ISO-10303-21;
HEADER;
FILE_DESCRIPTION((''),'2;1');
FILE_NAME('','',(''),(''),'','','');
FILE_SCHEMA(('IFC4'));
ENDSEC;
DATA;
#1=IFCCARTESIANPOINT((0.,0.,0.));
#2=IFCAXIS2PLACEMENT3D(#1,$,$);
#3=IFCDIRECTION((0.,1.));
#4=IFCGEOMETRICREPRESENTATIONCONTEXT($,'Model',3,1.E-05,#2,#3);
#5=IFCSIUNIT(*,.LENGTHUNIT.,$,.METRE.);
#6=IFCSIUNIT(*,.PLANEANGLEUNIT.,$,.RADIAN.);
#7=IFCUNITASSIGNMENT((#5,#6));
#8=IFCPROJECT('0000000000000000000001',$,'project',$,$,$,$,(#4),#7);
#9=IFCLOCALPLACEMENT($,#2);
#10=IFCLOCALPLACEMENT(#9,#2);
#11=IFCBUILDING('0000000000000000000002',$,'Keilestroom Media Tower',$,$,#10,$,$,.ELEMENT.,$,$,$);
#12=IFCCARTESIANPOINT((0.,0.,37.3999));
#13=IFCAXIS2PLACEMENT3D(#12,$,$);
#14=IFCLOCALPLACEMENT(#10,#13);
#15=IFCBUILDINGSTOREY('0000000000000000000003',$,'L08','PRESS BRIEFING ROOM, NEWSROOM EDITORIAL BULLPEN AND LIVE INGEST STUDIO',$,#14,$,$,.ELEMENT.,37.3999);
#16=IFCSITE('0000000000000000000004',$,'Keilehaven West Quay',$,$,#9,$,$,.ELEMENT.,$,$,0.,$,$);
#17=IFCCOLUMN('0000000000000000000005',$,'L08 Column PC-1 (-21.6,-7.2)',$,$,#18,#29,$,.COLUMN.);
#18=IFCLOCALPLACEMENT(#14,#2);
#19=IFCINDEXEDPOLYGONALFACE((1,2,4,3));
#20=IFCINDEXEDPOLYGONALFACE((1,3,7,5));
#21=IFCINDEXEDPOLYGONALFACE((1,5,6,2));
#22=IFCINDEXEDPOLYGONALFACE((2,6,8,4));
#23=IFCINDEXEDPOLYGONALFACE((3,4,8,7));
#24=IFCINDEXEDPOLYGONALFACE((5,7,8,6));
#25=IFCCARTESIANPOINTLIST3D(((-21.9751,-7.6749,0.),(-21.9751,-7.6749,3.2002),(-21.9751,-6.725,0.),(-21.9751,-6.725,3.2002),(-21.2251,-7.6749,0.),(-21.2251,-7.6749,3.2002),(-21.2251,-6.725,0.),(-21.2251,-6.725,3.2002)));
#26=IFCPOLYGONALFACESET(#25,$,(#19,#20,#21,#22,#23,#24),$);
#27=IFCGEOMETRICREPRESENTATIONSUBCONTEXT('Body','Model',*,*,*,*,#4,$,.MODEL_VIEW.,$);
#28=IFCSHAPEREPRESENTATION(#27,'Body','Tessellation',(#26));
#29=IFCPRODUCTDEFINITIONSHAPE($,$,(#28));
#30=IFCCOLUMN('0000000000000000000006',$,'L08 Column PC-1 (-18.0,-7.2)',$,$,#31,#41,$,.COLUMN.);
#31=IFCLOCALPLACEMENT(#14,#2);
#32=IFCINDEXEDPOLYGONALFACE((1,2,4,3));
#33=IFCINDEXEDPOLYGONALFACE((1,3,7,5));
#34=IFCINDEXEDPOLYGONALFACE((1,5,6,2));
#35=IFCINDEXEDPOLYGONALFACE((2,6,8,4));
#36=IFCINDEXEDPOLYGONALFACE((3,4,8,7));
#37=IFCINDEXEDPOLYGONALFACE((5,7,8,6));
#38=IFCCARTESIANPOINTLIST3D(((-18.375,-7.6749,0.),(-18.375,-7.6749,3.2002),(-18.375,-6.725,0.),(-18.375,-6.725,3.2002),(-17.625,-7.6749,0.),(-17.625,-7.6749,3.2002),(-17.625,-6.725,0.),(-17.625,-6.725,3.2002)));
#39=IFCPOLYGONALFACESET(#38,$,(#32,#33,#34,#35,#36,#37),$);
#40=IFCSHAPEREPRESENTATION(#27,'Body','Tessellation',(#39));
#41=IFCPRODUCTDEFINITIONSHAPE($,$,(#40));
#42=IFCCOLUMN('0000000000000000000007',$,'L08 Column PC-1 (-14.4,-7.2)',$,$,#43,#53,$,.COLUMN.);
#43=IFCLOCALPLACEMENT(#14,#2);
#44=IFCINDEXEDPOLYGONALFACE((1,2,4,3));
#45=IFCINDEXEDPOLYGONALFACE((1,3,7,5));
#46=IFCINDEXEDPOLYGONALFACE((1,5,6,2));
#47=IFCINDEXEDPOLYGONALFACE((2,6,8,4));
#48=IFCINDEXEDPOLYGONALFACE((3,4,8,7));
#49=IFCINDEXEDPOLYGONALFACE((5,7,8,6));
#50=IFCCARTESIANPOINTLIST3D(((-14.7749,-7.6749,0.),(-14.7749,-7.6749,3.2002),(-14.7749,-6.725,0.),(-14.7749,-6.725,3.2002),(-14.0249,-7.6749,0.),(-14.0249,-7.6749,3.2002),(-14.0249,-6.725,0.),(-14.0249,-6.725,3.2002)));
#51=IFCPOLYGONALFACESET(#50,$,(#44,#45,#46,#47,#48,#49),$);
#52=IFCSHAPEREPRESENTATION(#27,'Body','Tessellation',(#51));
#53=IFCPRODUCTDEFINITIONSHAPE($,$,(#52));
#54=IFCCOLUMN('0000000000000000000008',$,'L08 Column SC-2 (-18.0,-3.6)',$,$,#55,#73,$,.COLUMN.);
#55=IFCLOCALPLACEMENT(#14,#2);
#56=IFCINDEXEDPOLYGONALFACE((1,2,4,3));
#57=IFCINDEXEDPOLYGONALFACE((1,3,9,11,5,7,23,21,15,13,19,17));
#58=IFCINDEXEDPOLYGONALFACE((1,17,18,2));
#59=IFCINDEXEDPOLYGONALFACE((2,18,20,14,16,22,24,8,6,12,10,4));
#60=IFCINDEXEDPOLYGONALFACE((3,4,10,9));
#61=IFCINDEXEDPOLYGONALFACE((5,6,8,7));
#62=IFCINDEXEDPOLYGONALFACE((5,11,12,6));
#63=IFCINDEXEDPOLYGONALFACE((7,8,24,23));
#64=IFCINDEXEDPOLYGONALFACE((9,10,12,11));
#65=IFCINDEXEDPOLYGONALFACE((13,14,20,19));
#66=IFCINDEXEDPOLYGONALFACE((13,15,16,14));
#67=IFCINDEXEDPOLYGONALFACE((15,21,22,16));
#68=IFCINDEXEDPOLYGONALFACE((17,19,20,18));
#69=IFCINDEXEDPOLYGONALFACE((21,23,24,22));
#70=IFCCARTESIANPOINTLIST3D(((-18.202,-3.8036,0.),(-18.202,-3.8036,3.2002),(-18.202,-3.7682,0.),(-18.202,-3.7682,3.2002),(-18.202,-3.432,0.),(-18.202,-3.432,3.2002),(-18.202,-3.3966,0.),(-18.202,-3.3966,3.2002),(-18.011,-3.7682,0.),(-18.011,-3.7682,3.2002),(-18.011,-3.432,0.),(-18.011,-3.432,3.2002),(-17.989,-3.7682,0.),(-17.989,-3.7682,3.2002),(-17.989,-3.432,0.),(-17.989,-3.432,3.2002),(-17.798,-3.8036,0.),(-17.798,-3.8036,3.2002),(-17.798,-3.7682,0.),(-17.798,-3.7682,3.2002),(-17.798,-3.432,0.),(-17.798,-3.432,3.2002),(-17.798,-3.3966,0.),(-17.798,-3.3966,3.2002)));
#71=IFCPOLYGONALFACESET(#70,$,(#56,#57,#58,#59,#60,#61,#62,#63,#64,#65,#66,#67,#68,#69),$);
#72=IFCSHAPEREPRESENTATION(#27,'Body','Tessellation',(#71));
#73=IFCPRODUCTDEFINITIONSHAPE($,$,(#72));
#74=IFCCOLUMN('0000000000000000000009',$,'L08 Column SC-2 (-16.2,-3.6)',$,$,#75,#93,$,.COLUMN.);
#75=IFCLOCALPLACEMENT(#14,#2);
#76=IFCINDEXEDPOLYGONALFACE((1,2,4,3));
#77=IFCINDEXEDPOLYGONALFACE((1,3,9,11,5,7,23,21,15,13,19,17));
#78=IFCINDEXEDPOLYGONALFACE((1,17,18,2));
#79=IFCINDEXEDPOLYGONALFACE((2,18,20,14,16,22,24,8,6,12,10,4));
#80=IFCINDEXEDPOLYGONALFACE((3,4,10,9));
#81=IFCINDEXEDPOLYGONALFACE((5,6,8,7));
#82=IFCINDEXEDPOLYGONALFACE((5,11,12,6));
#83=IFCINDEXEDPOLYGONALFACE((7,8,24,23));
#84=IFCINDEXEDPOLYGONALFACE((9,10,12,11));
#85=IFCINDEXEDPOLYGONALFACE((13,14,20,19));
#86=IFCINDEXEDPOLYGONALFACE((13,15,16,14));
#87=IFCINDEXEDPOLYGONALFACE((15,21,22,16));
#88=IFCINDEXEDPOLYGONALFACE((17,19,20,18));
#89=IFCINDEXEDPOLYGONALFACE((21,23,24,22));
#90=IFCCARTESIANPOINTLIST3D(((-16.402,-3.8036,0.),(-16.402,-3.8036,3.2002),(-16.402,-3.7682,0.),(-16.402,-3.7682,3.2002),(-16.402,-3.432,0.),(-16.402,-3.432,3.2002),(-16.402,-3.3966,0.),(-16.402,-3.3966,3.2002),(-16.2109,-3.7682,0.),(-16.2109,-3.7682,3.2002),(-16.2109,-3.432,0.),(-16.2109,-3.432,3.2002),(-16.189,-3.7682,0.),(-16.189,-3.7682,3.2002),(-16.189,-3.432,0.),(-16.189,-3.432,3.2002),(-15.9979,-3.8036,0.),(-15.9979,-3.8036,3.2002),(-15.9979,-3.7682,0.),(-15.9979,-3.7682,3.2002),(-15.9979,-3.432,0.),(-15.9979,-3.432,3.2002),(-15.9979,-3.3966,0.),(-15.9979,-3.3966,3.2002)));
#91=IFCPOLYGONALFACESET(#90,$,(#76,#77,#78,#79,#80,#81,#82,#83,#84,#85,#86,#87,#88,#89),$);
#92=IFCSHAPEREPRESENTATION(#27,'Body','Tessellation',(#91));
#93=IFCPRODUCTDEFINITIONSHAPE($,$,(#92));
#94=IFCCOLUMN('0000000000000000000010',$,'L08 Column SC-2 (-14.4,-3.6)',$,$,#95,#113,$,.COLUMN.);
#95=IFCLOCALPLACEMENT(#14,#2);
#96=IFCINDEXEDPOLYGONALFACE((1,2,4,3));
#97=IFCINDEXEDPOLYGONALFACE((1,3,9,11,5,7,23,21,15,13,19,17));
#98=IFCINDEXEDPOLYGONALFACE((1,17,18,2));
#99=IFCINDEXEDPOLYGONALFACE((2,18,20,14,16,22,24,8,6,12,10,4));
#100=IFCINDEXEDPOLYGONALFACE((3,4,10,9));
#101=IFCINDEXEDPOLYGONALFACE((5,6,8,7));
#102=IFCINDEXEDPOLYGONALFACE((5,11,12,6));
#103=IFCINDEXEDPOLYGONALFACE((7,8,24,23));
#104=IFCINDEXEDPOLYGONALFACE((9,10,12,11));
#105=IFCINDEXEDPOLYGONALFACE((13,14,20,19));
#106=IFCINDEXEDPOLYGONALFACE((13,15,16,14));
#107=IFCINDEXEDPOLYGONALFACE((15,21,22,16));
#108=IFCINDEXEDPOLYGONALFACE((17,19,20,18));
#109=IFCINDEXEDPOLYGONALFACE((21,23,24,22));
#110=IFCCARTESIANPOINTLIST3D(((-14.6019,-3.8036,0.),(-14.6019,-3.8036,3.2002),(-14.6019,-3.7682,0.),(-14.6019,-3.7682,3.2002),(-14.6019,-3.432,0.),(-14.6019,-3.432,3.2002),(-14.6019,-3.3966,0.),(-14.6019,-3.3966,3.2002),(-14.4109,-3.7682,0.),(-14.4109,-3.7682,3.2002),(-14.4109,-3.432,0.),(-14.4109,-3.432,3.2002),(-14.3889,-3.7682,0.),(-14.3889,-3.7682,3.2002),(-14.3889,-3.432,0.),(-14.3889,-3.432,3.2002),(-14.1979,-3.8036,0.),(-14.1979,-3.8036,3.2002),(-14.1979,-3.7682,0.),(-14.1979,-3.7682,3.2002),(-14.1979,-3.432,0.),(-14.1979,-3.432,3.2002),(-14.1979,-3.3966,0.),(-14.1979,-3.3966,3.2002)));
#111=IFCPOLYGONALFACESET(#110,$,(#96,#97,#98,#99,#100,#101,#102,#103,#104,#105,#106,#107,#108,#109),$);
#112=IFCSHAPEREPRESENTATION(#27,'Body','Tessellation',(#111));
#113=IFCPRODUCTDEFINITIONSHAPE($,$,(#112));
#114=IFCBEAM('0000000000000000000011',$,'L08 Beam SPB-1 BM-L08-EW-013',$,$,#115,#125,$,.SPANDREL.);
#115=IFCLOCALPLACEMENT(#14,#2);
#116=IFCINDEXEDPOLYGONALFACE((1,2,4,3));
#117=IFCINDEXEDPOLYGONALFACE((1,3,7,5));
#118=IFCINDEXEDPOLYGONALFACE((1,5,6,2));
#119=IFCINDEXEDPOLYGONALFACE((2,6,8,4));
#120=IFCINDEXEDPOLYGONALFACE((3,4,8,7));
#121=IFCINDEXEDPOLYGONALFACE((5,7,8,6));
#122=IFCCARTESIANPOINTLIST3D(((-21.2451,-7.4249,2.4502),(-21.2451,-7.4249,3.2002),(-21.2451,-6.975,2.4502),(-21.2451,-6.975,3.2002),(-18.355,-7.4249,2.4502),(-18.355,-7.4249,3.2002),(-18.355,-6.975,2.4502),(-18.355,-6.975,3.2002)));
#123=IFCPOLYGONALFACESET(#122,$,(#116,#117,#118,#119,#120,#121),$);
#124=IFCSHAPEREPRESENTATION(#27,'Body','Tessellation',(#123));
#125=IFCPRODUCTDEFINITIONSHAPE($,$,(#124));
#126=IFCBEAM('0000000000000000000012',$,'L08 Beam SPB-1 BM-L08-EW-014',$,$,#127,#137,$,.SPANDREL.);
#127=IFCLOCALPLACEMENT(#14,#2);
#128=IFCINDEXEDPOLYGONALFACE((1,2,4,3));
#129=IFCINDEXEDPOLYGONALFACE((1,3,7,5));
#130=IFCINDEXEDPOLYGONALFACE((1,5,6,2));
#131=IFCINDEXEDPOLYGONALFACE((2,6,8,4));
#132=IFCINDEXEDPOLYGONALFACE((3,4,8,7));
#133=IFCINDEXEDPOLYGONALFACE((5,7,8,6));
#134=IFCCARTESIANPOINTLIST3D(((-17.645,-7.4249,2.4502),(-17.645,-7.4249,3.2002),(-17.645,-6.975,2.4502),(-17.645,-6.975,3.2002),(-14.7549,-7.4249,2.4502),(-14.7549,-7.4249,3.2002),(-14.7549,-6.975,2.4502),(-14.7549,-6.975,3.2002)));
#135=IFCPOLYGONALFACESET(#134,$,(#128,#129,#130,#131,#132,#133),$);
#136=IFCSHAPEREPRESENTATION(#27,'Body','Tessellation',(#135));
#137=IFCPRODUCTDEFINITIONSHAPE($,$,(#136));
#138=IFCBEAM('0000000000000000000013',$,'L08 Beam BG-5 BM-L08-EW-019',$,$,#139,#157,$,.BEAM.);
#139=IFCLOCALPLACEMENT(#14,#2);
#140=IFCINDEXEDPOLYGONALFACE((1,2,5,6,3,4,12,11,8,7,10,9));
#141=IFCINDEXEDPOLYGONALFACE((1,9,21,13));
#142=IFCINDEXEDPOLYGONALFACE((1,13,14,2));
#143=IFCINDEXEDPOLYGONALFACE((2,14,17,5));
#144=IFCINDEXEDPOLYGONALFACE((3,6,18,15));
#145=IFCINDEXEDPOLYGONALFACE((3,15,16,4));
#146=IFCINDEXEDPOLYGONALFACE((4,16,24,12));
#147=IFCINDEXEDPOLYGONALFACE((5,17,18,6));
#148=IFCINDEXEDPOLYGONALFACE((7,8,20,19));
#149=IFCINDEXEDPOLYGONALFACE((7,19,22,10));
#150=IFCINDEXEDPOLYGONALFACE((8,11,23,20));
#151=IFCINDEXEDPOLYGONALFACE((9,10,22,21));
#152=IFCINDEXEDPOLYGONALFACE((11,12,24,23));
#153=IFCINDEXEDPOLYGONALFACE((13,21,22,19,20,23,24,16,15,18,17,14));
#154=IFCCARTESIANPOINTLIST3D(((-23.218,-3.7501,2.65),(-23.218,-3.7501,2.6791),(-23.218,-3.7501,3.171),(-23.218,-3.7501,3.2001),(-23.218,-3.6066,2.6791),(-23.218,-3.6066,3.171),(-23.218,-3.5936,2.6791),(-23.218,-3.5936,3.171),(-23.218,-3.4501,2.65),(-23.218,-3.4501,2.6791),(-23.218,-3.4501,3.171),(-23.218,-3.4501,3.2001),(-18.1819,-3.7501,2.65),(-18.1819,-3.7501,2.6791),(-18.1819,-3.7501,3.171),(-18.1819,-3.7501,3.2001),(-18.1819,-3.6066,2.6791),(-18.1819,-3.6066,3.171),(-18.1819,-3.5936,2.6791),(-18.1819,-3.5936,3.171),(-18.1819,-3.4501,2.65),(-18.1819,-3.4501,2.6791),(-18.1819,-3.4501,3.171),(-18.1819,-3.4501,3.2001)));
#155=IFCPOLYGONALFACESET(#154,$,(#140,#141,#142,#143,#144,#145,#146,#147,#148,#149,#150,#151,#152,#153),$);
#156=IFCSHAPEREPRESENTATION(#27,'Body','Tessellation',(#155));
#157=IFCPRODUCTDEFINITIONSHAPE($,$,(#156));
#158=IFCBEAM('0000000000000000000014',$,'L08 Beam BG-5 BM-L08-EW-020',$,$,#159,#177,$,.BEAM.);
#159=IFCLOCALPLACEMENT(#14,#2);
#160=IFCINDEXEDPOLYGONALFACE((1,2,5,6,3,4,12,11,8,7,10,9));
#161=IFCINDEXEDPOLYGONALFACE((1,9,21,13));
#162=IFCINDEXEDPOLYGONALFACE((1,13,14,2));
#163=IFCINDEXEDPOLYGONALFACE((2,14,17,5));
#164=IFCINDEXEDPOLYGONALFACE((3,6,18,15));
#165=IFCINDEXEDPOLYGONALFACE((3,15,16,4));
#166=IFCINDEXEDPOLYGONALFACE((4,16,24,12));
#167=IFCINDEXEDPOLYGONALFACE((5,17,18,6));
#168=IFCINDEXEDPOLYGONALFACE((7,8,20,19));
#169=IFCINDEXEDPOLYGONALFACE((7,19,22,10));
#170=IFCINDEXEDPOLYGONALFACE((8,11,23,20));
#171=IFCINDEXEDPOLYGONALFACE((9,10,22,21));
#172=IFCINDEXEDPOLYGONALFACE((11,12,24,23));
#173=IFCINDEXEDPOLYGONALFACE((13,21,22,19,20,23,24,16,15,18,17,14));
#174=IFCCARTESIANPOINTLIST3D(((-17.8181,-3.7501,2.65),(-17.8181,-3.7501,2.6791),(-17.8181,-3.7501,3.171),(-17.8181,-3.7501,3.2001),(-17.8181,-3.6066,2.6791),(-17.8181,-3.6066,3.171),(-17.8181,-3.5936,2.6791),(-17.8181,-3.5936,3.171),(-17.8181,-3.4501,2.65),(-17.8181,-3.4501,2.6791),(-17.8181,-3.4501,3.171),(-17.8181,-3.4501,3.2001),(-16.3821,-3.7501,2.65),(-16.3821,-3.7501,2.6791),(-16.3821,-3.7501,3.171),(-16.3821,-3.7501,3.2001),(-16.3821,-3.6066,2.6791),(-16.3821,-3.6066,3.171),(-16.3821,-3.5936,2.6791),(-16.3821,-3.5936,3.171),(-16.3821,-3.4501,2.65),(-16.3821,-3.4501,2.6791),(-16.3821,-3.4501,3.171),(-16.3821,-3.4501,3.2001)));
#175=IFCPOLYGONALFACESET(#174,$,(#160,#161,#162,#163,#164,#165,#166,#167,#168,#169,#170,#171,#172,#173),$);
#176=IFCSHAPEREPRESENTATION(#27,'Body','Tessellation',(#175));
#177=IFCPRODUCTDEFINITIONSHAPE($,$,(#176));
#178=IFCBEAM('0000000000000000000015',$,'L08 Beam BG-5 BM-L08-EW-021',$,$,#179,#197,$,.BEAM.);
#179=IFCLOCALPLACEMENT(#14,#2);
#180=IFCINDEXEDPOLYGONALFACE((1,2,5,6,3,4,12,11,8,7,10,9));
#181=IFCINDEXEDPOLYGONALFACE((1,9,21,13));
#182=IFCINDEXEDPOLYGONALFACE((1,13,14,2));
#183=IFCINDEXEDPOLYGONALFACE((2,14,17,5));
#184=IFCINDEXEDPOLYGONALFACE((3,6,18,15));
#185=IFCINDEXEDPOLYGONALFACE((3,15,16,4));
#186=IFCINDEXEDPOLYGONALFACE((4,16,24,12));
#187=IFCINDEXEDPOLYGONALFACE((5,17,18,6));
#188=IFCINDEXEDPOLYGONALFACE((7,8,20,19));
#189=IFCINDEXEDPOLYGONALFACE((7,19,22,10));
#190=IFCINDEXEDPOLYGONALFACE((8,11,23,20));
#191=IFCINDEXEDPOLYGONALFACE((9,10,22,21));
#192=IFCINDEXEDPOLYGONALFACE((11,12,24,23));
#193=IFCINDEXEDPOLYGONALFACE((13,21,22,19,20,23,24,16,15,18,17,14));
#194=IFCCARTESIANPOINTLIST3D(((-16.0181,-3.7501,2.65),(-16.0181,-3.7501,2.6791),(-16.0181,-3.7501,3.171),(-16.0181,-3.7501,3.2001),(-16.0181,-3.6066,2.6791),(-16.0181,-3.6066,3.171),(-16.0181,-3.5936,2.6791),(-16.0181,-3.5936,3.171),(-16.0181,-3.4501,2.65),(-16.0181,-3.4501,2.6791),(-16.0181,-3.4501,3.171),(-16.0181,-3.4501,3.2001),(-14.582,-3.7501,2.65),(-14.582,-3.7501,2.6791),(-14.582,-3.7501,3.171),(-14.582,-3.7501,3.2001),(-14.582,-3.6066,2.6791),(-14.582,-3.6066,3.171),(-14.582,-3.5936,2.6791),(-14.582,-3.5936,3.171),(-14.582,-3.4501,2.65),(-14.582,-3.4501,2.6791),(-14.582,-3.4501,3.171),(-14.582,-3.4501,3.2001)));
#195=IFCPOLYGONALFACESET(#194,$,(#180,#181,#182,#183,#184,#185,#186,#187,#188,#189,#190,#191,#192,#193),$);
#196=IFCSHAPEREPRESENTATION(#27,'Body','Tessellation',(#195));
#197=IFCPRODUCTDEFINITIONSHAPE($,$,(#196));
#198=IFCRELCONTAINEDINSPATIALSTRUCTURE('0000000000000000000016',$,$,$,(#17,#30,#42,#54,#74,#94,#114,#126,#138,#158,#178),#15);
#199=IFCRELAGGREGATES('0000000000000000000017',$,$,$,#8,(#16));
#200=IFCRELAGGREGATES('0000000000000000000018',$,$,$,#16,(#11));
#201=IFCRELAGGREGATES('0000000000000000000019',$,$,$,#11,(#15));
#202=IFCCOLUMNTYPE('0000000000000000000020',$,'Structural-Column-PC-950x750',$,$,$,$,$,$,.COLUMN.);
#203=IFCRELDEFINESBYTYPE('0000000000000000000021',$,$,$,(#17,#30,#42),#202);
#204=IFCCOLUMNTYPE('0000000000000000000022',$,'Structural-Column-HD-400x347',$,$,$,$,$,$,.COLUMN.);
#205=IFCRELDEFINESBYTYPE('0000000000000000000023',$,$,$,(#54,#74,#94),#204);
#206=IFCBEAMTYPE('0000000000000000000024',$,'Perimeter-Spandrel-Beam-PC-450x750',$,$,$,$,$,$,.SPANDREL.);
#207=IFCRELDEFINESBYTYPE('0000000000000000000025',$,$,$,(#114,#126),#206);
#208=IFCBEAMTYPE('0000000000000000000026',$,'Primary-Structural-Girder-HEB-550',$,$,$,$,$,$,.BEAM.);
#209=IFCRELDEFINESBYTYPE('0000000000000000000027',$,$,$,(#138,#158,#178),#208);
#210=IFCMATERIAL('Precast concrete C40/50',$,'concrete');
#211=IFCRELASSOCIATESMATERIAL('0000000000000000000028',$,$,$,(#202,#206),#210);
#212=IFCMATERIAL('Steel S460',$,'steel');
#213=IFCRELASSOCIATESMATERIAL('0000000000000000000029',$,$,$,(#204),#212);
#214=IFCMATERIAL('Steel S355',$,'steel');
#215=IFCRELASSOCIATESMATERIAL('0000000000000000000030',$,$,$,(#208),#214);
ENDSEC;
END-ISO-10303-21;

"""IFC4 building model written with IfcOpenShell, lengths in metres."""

from ifc_helpers import new_model, si_unit, direction, frame, origin, origin_2d, place, context, subcontext, project, spatial, rectangle, i_section, extrude, source, transform, mapped, material, material_profile, profile_set, type_object, element, save


model = new_model("IFC4")

# Units and contexts
model_context = context("Model", 3, precision=1e-05, world=origin(), true_north=direction((0.0, 1.0)))
body_context = subcontext(model_context, "Body", "Model", "MODEL_VIEW")
ifc_project = project(units=[si_unit("LENGTHUNIT", "METRE"), si_unit("PLANEANGLEUNIT", "RADIAN")], contexts=[model_context])

# Site, building, storey
site_placement = place(None, origin())
site = spatial("IfcSite", under=ifc_project, at=site_placement, Name="Keilehaven West Quay", CompositionType="ELEMENT", RefElevation=0.0)
building_placement = place(site_placement, origin())
building = spatial("IfcBuilding", under=site, at=building_placement, Name="Keilestroom Media Tower", CompositionType="ELEMENT")
storey_placement = place(building_placement, frame((0.0, 0.0, 37.3999)))
storey = spatial("IfcBuildingStorey", under=building, at=storey_placement, Name="L08", Description="PRESS BRIEFING ROOM, NEWSROOM EDITORIAL BULLPEN AND LIVE INGEST STUDIO", CompositionType="ELEMENT", Elevation=37.3999)

# Columns
ifc_material_1 = material(Name="Precast concrete C40/50", Category="concrete")
ifc_material_profile_1 = material_profile(ifc_material_1, rectangle(XDim=0.75, YDim=0.95, at=origin_2d()), Name="PC 950x750")
ifc_profile_set_1 = profile_set([ifc_material_profile_1], Name="Precast concrete C40/50")
column_type_1 = type_object("IfcColumnType", Name="Structural-Column-PC-950x750", PredefinedType="COLUMN", material=ifc_profile_set_1)
shared_shape_1 = source(origin(), body_context, "Body", "SweptSolid", [
    extrude(rectangle(XDim=0.75, YDim=0.95, at=origin_2d()), origin(), (0.0, 0.0, 1.0), 3.2002),
])
for number, where, z_axis, x_axis, name in (
    (1, (-21.6001, -7.2, 0.0), (0.0, 0.0, 1.0), (1.0, 0.0, 0.0), "L08 Column PC-1 (-21.6,-7.2)"),
    (2, (-18.0, -7.2, 0.0), (0.0, 0.0, 1.0), (1.0, 0.0, 0.0), "L08 Column PC-1 (-18.0,-7.2)"),
    (3, (-14.3999, -7.2, 0.0), (0.0, 0.0, 1.0), (1.0, 0.0, 0.0), "L08 Column PC-1 (-14.4,-7.2)"),
):
    element("IfcColumn", number, at=place(storey_placement, frame(where, z_axis=z_axis, x_axis=x_axis)), inside=storey, type_object=column_type_1, Name=name, PredefinedType="COLUMN", context=body_context, shape_type="MappedRepresentation", body=[
        mapped(shared_shape_1, transform((0.0, 0.0, 0.0), x_axis=(1.0, 0.0, 0.0), y_axis=(0.0, 1.0, 0.0), z_axis=(0.0, 0.0, 1.0), scale=1.0)),
    ])
ifc_material_2 = material(Name="Steel S460", Category="steel")
ifc_material_profile_2 = material_profile(ifc_material_2, i_section(OverallWidth=0.4041, OverallDepth=0.407, WebThickness=0.022, FlangeThickness=0.0354, at=origin_2d()), Name="HD 400x347")
ifc_profile_set_2 = profile_set([ifc_material_profile_2], Name="Steel S460")
column_type_2 = type_object("IfcColumnType", Name="Structural-Column-HD-400x347", PredefinedType="COLUMN", material=ifc_profile_set_2)
shared_shape_2 = source(origin(), body_context, "Body", "SweptSolid", [
    extrude(i_section(OverallWidth=0.4041, OverallDepth=0.407, WebThickness=0.022, FlangeThickness=0.0354, at=origin_2d()), origin(), (0.0, 0.0, 1.0), 3.2002),
])
for number, where, z_axis, x_axis, name in (
    (4, (-18.0, -3.6001, 0.0), (0.0, 0.0, 1.0), (1.0, 0.0, 0.0), "L08 Column SC-2 (-18.0,-3.6)"),
    (5, (-16.2, -3.6001, 0.0), (0.0, 0.0, 1.0), (1.0, 0.0, 0.0), "L08 Column SC-2 (-16.2,-3.6)"),
    (6, (-14.3999, -3.6001, 0.0), (0.0, 0.0, 1.0), (1.0, 0.0, 0.0), "L08 Column SC-2 (-14.4,-3.6)"),
):
    element("IfcColumn", number, at=place(storey_placement, frame(where, z_axis=z_axis, x_axis=x_axis)), inside=storey, type_object=column_type_2, Name=name, PredefinedType="COLUMN", context=body_context, shape_type="MappedRepresentation", body=[
        mapped(shared_shape_2, transform((0.0, 0.0, 0.0), x_axis=(1.0, 0.0, 0.0), y_axis=(0.0, 1.0, 0.0), z_axis=(0.0, 0.0, 1.0), scale=1.0)),
    ])

# Beams
ifc_material_profile_3 = material_profile(ifc_material_1, rectangle(XDim=0.45, YDim=0.75, at=origin_2d()), Name="PC 450x750")
ifc_profile_set_3 = profile_set([ifc_material_profile_3], Name="Precast concrete C40/50")
beam_type_1 = type_object("IfcBeamType", Name="Perimeter-Spandrel-Beam-PC-450x750", PredefinedType="SPANDREL", material=ifc_profile_set_3)
shared_shape_3 = source(origin(), body_context, "Body", "SweptSolid", [
    extrude(rectangle(XDim=0.45, YDim=0.75, at=origin_2d()), origin(), (0.0, 0.0, 1.0), 2.8901),
])
for number, where, z_axis, x_axis, name in (
    (7, (-21.2451, -7.2, 2.8252), (1.0, 0.0, 0.0), (0.0, 1.0, 0.0), "L08 Beam SPB-1 BM-L08-EW-013"),
    (8, (-17.645, -7.2, 2.8252), (1.0, 0.0, 0.0), (0.0, 1.0, 0.0), "L08 Beam SPB-1 BM-L08-EW-014"),
):
    element("IfcBeam", number, at=place(storey_placement, frame(where, z_axis=z_axis, x_axis=x_axis)), inside=storey, type_object=beam_type_1, Name=name, PredefinedType="SPANDREL", context=body_context, shape_type="MappedRepresentation", body=[
        mapped(shared_shape_3, transform((0.0, 0.0, 0.0), x_axis=(1.0, 0.0, 0.0), y_axis=(0.0, 1.0, 0.0), z_axis=(0.0, 0.0, 1.0), scale=1.0)),
    ])
ifc_material_3 = material(Name="Steel S355", Category="steel")
ifc_material_profile_4 = material_profile(ifc_material_3, i_section(OverallWidth=0.3, OverallDepth=0.55, WebThickness=0.0129, FlangeThickness=0.0291, at=origin_2d()), Name="HEB 550")
ifc_profile_set_4 = profile_set([ifc_material_profile_4], Name="Steel S355")
beam_type_2 = type_object("IfcBeamType", Name="Primary-Structural-Girder-HEB-550", PredefinedType="BEAM", material=ifc_profile_set_4)
shared_shape_4 = source(origin(), body_context, "Body", "SweptSolid", [
    extrude(i_section(OverallWidth=0.3, OverallDepth=0.55, WebThickness=0.0129, FlangeThickness=0.0291, at=origin_2d()), origin(), (0.0, 0.0, 1.0), 5.0361),
])
beam_1_placement = place(storey_placement, frame((-23.218, -3.6001, 2.925), z_axis=(1.0, 0.0, 0.0), x_axis=(0.0, 1.0, 0.0)))
element("IfcBeam", 9, at=beam_1_placement, inside=storey, type_object=beam_type_2, Name="L08 Beam BG-5 BM-L08-EW-019", PredefinedType="BEAM", context=body_context, shape_type="MappedRepresentation", body=[
    mapped(shared_shape_4, transform((0.0, 0.0, 0.0), x_axis=(1.0, 0.0, 0.0), y_axis=(0.0, 1.0, 0.0), z_axis=(0.0, 0.0, 1.0), scale=1.0)),
])
shared_shape_5 = source(origin(), body_context, "Body", "SweptSolid", [
    extrude(i_section(OverallWidth=0.3, OverallDepth=0.55, WebThickness=0.0129, FlangeThickness=0.0291, at=origin_2d()), origin(), (0.0, 0.0, 1.0), 1.436),
])
for number, where, z_axis, x_axis, name in (
    (10, (-17.8181, -3.6001, 2.925), (1.0, 0.0, 0.0), (0.0, 1.0, 0.0), "L08 Beam BG-5 BM-L08-EW-020"),
    (11, (-16.0181, -3.6001, 2.925), (1.0, 0.0, 0.0), (0.0, 1.0, 0.0), "L08 Beam BG-5 BM-L08-EW-021"),
):
    element("IfcBeam", number, at=place(storey_placement, frame(where, z_axis=z_axis, x_axis=x_axis)), inside=storey, type_object=beam_type_2, Name=name, PredefinedType="BEAM", context=body_context, shape_type="MappedRepresentation", body=[
        mapped(shared_shape_5, transform((0.0, 0.0, 0.0), x_axis=(1.0, 0.0, 0.0), y_axis=(0.0, 1.0, 0.0), z_axis=(0.0, 0.0, 1.0), scale=1.0)),
    ])

save(model, "model.ifc")
